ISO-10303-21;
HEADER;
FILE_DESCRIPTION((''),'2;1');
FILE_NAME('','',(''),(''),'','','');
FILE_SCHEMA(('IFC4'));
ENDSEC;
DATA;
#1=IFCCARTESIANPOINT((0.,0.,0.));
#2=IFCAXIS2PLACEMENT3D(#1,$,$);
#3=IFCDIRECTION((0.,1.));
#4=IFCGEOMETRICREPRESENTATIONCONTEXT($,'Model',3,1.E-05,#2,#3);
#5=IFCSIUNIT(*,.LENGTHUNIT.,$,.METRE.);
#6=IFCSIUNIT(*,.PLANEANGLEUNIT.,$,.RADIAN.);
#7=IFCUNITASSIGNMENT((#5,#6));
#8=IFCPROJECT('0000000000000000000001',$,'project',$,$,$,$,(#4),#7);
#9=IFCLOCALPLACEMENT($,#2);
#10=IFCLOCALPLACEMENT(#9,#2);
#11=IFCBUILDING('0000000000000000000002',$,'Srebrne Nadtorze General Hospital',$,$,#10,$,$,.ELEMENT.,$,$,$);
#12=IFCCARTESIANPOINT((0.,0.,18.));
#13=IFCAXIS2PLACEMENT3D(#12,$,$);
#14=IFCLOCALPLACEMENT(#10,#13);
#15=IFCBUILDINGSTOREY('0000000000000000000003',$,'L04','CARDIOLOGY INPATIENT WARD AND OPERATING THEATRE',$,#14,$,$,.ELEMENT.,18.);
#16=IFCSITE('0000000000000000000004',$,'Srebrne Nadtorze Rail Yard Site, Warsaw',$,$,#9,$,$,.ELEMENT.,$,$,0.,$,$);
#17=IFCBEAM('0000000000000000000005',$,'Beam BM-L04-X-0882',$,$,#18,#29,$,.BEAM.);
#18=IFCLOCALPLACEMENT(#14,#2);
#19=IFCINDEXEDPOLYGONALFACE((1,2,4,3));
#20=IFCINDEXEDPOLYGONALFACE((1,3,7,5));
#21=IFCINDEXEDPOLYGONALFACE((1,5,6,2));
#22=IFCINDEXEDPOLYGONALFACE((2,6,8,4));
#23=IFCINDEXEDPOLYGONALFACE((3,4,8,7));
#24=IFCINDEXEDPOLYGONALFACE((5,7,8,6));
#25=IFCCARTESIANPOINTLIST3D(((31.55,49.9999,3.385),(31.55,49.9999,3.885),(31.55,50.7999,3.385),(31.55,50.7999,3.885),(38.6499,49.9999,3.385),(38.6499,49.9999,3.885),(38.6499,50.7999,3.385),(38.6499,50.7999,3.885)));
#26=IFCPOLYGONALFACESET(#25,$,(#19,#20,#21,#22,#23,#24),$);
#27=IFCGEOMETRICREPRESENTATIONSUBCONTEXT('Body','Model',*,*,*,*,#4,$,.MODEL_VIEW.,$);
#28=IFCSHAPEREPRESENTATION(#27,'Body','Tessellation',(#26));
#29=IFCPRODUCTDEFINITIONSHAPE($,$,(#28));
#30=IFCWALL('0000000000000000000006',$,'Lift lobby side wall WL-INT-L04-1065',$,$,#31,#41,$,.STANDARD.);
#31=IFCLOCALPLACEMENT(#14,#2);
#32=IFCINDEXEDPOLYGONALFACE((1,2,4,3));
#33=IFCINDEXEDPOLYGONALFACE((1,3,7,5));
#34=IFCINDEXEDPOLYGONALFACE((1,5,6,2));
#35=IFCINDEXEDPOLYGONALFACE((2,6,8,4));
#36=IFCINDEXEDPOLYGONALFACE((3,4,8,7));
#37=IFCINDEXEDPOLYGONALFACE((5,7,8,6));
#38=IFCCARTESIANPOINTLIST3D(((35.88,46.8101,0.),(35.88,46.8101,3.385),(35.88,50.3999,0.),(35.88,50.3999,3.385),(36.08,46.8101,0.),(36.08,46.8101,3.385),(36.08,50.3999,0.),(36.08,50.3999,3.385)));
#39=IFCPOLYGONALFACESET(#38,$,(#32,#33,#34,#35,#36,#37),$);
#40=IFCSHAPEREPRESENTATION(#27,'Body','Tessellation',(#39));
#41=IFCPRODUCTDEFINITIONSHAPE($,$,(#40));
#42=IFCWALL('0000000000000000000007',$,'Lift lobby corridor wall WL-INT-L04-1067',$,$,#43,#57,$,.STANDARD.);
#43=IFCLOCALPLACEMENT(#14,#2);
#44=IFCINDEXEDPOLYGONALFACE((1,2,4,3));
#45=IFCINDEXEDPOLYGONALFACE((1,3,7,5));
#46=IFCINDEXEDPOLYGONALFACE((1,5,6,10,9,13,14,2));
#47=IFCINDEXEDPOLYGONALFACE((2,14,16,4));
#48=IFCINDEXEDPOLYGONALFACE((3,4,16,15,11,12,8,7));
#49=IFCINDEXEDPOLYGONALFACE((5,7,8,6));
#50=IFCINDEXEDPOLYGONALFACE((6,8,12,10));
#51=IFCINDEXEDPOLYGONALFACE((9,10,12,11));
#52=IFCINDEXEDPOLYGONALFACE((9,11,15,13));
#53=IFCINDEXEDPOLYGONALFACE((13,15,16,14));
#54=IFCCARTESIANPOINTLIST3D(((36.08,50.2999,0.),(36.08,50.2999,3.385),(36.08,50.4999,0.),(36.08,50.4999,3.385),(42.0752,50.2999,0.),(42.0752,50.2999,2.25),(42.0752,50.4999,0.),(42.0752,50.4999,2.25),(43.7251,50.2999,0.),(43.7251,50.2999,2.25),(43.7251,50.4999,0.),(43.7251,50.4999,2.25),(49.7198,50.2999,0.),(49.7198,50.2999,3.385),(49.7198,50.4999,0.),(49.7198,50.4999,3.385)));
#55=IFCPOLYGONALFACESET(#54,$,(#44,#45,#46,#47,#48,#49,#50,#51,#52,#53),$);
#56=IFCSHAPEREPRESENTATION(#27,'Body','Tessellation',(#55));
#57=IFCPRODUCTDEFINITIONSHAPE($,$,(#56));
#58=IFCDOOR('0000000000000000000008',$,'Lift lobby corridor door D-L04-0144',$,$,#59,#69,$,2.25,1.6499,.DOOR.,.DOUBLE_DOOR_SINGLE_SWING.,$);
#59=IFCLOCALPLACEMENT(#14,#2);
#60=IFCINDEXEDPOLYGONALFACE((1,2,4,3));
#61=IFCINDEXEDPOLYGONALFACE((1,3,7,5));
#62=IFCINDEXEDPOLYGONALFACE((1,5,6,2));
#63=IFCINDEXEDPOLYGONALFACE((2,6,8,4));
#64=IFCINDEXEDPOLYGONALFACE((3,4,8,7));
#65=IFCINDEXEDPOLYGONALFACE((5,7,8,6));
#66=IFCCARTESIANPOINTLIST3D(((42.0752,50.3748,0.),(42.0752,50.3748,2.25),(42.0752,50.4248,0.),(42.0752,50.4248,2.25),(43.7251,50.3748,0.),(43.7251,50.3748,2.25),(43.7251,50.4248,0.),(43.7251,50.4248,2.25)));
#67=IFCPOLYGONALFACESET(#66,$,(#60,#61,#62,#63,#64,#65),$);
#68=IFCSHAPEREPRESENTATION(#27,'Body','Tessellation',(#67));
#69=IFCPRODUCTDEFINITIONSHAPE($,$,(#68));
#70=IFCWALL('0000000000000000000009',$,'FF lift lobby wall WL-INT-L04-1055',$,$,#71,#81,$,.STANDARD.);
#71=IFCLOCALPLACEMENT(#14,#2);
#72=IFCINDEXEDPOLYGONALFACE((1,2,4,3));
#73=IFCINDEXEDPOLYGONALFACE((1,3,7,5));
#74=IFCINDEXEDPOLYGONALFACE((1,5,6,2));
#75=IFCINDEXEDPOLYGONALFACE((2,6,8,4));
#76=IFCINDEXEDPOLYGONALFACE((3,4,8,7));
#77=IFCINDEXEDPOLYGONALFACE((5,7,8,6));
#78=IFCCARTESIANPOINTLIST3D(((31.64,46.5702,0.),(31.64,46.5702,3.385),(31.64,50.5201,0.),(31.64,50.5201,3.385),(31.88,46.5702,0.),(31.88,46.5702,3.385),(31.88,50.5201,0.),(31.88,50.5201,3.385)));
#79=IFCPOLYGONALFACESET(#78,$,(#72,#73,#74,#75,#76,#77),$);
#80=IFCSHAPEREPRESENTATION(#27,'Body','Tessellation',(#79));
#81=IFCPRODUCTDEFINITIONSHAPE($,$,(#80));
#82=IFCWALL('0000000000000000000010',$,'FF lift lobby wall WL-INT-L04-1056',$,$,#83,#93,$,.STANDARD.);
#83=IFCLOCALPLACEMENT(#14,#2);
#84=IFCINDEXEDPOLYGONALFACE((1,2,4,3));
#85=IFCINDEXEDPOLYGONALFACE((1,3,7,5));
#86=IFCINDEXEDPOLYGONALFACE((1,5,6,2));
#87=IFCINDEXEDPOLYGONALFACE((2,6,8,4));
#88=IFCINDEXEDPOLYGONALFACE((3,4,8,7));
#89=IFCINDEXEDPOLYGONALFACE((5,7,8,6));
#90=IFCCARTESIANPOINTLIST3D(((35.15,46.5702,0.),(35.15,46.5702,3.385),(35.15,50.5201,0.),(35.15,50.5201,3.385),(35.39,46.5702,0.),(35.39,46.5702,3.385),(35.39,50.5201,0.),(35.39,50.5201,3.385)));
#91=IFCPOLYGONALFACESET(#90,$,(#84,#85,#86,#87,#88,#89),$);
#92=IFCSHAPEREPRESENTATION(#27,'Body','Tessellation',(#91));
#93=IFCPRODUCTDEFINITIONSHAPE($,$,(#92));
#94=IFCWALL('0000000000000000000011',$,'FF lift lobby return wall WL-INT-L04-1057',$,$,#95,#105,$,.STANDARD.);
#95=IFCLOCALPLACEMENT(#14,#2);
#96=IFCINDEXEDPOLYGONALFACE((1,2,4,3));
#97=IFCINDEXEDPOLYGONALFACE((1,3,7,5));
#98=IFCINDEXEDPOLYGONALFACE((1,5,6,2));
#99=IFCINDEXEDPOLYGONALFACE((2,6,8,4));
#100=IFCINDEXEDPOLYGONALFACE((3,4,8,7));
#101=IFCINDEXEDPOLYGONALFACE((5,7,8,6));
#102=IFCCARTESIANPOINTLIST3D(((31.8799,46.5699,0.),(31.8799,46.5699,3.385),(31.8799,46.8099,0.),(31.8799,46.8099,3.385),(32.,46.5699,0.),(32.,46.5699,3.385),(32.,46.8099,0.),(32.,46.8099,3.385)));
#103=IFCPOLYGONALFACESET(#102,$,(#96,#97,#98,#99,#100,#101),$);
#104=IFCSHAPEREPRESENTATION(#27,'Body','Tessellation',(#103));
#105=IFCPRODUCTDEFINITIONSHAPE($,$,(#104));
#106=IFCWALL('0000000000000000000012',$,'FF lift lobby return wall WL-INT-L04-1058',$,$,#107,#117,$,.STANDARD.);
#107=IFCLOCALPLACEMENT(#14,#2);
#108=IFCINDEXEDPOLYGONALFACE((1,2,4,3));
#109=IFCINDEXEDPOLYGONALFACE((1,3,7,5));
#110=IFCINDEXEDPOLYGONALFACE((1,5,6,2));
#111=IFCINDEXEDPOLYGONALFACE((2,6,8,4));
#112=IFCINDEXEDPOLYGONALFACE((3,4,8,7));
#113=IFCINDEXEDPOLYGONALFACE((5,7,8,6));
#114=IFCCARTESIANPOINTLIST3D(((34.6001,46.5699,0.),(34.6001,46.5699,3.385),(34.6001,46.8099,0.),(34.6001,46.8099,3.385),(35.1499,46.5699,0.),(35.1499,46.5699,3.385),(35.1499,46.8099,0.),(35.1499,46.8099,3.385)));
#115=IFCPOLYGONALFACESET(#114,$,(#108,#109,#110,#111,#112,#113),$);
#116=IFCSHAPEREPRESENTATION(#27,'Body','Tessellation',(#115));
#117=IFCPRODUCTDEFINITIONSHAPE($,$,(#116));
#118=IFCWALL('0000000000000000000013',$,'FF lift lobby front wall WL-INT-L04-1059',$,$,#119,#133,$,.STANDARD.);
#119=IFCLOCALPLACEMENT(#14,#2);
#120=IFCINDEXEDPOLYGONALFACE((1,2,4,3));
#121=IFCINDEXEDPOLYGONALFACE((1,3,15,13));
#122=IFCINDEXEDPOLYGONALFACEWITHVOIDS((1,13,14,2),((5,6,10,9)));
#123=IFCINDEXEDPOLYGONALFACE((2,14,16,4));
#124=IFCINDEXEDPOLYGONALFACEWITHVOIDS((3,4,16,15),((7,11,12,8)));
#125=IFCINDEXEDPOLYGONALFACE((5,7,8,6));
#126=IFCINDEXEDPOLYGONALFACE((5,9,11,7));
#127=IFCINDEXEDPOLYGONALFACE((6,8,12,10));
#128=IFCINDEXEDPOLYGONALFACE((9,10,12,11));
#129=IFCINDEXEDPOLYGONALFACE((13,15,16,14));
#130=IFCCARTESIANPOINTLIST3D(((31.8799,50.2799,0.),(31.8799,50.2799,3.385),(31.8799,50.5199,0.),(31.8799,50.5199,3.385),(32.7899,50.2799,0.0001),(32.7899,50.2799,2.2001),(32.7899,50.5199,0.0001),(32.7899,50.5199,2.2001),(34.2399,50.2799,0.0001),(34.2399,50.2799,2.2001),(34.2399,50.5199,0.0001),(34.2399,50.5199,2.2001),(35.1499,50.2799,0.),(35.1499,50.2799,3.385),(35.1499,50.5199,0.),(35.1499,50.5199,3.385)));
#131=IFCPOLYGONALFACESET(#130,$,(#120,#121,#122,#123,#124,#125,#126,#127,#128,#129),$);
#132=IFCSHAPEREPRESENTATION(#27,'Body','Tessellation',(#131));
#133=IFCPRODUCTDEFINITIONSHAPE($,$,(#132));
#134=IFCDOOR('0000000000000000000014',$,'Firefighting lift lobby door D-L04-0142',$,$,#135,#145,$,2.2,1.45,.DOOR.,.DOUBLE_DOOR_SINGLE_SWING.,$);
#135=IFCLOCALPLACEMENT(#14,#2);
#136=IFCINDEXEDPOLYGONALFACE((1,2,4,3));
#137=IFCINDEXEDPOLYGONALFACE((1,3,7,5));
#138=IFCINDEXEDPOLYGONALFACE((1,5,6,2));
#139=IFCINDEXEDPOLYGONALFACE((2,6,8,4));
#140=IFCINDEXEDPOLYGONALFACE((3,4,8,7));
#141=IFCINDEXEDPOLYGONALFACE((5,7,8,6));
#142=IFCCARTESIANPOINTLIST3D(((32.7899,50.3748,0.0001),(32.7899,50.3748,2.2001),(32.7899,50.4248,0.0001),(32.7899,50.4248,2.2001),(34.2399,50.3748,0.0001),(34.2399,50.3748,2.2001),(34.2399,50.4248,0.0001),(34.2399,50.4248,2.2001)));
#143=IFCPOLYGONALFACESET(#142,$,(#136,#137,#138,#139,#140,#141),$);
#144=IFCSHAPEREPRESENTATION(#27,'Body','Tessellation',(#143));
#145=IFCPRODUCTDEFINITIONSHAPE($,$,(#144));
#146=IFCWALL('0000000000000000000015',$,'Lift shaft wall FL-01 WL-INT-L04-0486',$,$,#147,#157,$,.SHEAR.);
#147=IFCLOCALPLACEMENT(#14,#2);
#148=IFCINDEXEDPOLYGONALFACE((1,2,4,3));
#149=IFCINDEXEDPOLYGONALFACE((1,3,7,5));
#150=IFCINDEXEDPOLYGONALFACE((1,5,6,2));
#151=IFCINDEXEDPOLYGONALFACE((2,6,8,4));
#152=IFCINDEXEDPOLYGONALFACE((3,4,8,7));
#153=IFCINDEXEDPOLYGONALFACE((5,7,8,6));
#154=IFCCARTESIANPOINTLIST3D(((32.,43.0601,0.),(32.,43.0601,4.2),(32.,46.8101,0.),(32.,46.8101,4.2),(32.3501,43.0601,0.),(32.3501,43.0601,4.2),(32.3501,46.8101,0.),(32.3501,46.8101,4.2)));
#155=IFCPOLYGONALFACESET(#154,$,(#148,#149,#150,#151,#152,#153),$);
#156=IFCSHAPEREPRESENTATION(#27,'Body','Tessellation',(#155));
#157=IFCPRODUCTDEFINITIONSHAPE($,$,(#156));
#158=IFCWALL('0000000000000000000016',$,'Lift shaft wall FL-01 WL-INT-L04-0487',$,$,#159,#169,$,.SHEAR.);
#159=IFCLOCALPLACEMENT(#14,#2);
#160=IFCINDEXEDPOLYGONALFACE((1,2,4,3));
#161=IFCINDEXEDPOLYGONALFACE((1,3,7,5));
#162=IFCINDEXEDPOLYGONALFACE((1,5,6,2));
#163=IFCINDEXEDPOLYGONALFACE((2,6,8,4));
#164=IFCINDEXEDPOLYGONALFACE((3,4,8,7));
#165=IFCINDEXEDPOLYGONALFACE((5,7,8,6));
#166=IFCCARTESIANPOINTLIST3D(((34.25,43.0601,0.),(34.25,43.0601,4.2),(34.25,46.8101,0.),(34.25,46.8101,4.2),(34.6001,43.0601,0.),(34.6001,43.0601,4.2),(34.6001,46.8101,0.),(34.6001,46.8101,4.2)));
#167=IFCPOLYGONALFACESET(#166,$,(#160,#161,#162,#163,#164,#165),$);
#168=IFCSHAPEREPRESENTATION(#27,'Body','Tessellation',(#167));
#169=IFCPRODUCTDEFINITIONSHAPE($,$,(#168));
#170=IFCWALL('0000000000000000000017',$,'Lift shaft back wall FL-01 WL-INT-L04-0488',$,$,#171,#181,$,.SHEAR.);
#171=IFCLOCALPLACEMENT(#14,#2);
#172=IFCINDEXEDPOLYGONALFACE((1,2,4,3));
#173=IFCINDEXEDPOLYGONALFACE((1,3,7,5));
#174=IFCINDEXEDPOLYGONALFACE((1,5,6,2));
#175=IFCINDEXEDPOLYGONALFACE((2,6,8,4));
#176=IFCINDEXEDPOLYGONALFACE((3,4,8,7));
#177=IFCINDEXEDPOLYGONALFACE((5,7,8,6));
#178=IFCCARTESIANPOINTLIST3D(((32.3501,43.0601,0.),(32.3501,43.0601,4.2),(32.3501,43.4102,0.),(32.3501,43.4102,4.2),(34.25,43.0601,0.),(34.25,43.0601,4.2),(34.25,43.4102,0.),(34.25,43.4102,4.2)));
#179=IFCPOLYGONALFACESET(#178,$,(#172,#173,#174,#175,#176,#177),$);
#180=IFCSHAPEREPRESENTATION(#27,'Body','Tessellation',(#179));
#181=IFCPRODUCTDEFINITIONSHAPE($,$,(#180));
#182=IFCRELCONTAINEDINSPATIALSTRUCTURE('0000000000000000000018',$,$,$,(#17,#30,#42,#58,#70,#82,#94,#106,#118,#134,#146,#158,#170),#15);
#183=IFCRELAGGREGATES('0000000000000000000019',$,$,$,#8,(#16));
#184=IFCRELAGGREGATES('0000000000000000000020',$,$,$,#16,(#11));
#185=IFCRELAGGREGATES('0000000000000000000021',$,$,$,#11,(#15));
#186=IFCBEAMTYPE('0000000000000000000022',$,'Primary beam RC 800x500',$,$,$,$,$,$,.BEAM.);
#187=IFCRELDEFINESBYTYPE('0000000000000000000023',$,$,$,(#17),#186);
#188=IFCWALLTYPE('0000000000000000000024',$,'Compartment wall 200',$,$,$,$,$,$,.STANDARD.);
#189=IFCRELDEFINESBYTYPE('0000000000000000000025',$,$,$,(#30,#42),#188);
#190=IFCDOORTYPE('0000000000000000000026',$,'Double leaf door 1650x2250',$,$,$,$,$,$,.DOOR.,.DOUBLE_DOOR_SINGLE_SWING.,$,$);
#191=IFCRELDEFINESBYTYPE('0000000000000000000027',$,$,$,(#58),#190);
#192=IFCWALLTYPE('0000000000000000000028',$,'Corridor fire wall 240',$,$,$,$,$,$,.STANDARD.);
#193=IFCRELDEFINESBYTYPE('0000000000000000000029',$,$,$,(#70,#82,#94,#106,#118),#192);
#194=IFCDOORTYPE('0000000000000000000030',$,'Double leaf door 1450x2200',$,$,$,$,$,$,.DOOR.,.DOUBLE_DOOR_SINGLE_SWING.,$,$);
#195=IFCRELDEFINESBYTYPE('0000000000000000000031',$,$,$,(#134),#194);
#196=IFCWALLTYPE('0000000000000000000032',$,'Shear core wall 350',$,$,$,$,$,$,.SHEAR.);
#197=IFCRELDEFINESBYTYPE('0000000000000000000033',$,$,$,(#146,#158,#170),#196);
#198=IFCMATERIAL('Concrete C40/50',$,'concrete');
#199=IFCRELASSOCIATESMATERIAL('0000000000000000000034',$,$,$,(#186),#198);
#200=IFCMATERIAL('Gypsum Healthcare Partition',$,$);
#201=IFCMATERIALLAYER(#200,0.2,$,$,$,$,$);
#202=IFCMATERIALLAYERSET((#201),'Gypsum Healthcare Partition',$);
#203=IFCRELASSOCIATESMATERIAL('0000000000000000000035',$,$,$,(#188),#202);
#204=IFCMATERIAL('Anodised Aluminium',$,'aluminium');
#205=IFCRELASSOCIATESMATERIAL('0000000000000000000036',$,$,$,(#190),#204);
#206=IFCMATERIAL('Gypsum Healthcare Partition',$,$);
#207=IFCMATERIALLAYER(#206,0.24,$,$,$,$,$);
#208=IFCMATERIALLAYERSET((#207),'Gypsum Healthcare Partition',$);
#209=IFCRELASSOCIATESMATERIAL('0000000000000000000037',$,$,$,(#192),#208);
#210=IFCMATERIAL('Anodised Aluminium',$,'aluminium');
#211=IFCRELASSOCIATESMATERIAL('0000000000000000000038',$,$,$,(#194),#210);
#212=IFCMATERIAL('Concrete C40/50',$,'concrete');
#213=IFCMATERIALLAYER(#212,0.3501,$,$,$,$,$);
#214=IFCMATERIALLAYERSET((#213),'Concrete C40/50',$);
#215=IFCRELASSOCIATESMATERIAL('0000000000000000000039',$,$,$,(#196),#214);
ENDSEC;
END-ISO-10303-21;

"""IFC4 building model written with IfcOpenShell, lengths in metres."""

from ifc_helpers import new_model, si_unit, direction, frame, frame_2d, origin, origin_2d, place, context, subcontext, project, spatial, rectangle, extrude, material, layer, layer_set, material_profile, profile_set, type_object, element, fill, save


model = new_model("IFC4")

# Units and contexts
model_context = context("Model", 3, precision=1e-05, world=origin(), true_north=direction((0.0, 1.0)))
body_context = subcontext(model_context, "Body", "Model", "MODEL_VIEW")
ifc_project = project(units=[si_unit("LENGTHUNIT", "METRE"), si_unit("PLANEANGLEUNIT", "RADIAN")], contexts=[model_context])

# Site, building, storey
site_placement = place(None, origin())
site = spatial("IfcSite", under=ifc_project, at=site_placement, Name="Srebrne Nadtorze Rail Yard Site, Warsaw", CompositionType="ELEMENT", RefElevation=0.0)
building_placement = place(site_placement, origin())
building = spatial("IfcBuilding", under=site, at=building_placement, Name="Srebrne Nadtorze General Hospital", CompositionType="ELEMENT")
storey_placement = place(building_placement, frame((0.0, 0.0, 18.0)))
storey = spatial("IfcBuildingStorey", under=building, at=storey_placement, Name="L04", Description="CARDIOLOGY INPATIENT WARD AND OPERATING THEATRE", CompositionType="ELEMENT", Elevation=18.0)

# Beam
ifc_material_1 = material(Name="Concrete C40/50", Category="concrete")
ifc_material_profile = material_profile(ifc_material_1, rectangle(XDim=0.8, YDim=0.5, at=origin_2d()), Name="RC-BM-800x500")
ifc_profile_set = profile_set([ifc_material_profile], Name="Concrete C40/50")
beam_type = type_object("IfcBeamType", Name="Primary beam RC 800x500", PredefinedType="BEAM", material=ifc_profile_set)
beam_placement = place(storey_placement, frame((31.55, 50.3999, 3.635), z_axis=(1.0, 0.0, 0.0), x_axis=(0.0, 1.0, 0.0)))
element("IfcBeam", 1, at=beam_placement, inside=storey, type_object=beam_type, Name="Beam BM-L04-X-0882", PredefinedType="BEAM", context=body_context, shape_type="SweptSolid", body=[
    extrude(rectangle(XDim=0.8, YDim=0.5, at=origin_2d()), origin(), (0.0, 0.0, 1.0), 7.0999),
])

# Wall
ifc_material_2 = material(Name="Gypsum Healthcare Partition")
ifc_layer_1 = layer(ifc_material_2, 0.2)
ifc_layer_set_1 = layer_set([ifc_layer_1], Name="Gypsum Healthcare Partition")
wall_type_1 = type_object("IfcWallType", Name="Compartment wall 200", PredefinedType="STANDARD", material=ifc_layer_set_1)
wall_1_placement = place(storey_placement, frame((35.98, 46.8101, 0.0), z_axis=(0.0, 0.0, 1.0), x_axis=(0.0, 1.0, 0.0)))
element("IfcWall", 2, at=wall_1_placement, inside=storey, type_object=wall_type_1, Name="Lift lobby side wall WL-INT-L04-1065", PredefinedType="STANDARD", context=body_context, shape_type="SweptSolid", body=[
    extrude(rectangle(XDim=3.5898, YDim=0.2, at=frame_2d((1.7949, 0.0))), origin(), (0.0, 0.0, 1.0), 3.385),
])

# Wall, opening, door
wall_2_placement = place(storey_placement, frame((36.0801, 50.3999, 0.0), z_axis=(0.0, 0.0, 1.0), x_axis=(1.0, 0.0, 0.0)))
wall_2 = element("IfcWall", 3, at=wall_2_placement, inside=storey, type_object=wall_type_1, Name="Lift lobby corridor wall WL-INT-L04-1067", PredefinedType="STANDARD", context=body_context, shape_type="SweptSolid", body=[
    extrude(rectangle(XDim=13.6399, YDim=0.2, at=frame_2d((6.8198, 0.0))), origin(), (0.0, 0.0, 1.0), 3.385),
])
opening_1_placement = place(wall_2_placement, frame((5.9951, 0.0, 0.0)))
opening_1 = element("IfcOpeningElement", 4, at=opening_1_placement, cuts=wall_2, PredefinedType="OPENING", context=body_context, shape_type="SweptSolid", body=[
    extrude(rectangle(XDim=1.6499, YDim=2.25, at=frame_2d((0.825, 1.125))), frame((0.0, 0.1118, 0.0), z_axis=(0.0, -1.0, 0.0), x_axis=(1.0, 0.0, 0.0)), (0.0, 0.0, 1.0), 0.2239),
])
ifc_material_3 = material(Name="Anodised Aluminium", Category="aluminium")
door_type_1 = type_object("IfcDoorType", Name="Double leaf door 1650x2250", OperationType="DOUBLE_DOOR_SINGLE_SWING", PredefinedType="DOOR", material=ifc_material_3)
door_1_placement = place(opening_1_placement, origin())
door_1 = element("IfcDoor", 5, at=door_1_placement, inside=storey, type_object=door_type_1, Name="Lift lobby corridor door D-L04-0144", OperationType="DOUBLE_DOOR_SINGLE_SWING", OverallHeight=2.25, OverallWidth=1.6499, PredefinedType="DOOR", context=body_context, shape_type="SweptSolid", body=[
    extrude(rectangle(XDim=1.6499, YDim=2.25, at=frame_2d((0.825, 1.125))), frame((0.0, 0.0249, 0.0), z_axis=(0.0, -1.0, 0.0), x_axis=(1.0, 0.0, 0.0)), (0.0, 0.0, 1.0), 0.05),
])
fill(opening_1, door_1)

# Walls
ifc_material_4 = material(Name="Gypsum Healthcare Partition")
ifc_layer_2 = layer(ifc_material_4, 0.24)
ifc_layer_set_2 = layer_set([ifc_layer_2], Name="Gypsum Healthcare Partition")
wall_type_2 = type_object("IfcWallType", Name="Corridor fire wall 240", PredefinedType="STANDARD", material=ifc_layer_set_2)
for number, where, z_axis, x_axis, name in (
    (6, (31.76, 46.5701, 0.0), (0.0, 0.0, 1.0), (0.0, 1.0, 0.0), "FF lift lobby wall WL-INT-L04-1055"),
    (7, (35.27, 46.5701, 0.0), (0.0, 0.0, 1.0), (0.0, 1.0, 0.0), "FF lift lobby wall WL-INT-L04-1056"),
):
    element("IfcWall", number, at=place(storey_placement, frame(where, z_axis=z_axis, x_axis=x_axis)), inside=storey, type_object=wall_type_2, Name=name, PredefinedType="STANDARD", context=body_context, shape_type="SweptSolid", body=[
        extrude(rectangle(XDim=3.95, YDim=0.24, at=frame_2d((1.9751, 0.0))), origin(), (0.0, 0.0, 1.0), 3.385),
    ])
wall_3_placement = place(storey_placement, frame((31.8799, 46.6899, 0.0), z_axis=(0.0, 0.0, 1.0), x_axis=(1.0, 0.0, 0.0)))
element("IfcWall", 8, at=wall_3_placement, inside=storey, type_object=wall_type_2, Name="FF lift lobby return wall WL-INT-L04-1057", PredefinedType="STANDARD", context=body_context, shape_type="SweptSolid", body=[
    extrude(rectangle(XDim=0.1201, YDim=0.24, at=frame_2d((0.0601, 0.0))), origin(), (0.0, 0.0, 1.0), 3.385),
])
wall_4_placement = place(storey_placement, frame((34.6001, 46.6899, 0.0), z_axis=(0.0, 0.0, 1.0), x_axis=(1.0, 0.0, 0.0)))
element("IfcWall", 9, at=wall_4_placement, inside=storey, type_object=wall_type_2, Name="FF lift lobby return wall WL-INT-L04-1058", PredefinedType="STANDARD", context=body_context, shape_type="SweptSolid", body=[
    extrude(rectangle(XDim=0.5498, YDim=0.24, at=frame_2d((0.2749, 0.0))), origin(), (0.0, 0.0, 1.0), 3.385),
])

# Wall, opening, door
wall_5_placement = place(storey_placement, frame((31.8799, 50.3999, 0.0), z_axis=(0.0, 0.0, 1.0), x_axis=(1.0, 0.0, 0.0)))
wall_5 = element("IfcWall", 10, at=wall_5_placement, inside=storey, type_object=wall_type_2, Name="FF lift lobby front wall WL-INT-L04-1059", PredefinedType="STANDARD", context=body_context, shape_type="SweptSolid", body=[
    extrude(rectangle(XDim=3.27, YDim=0.24, at=frame_2d((1.635, 0.0))), origin(), (0.0, 0.0, 1.0), 3.385),
])
opening_2_placement = place(wall_5_placement, frame((0.9099, 0.0, 0.0)))
opening_2 = element("IfcOpeningElement", 11, at=opening_2_placement, cuts=wall_5, PredefinedType="OPENING", context=body_context, shape_type="SweptSolid", body=[
    extrude(rectangle(XDim=1.45, YDim=2.2, at=frame_2d((0.7251, 1.1001))), frame((0.0, 0.1318, 0.0), z_axis=(0.0, -1.0, 0.0), x_axis=(1.0, 0.0, 0.0)), (0.0, 0.0, 1.0), 0.2639),
])
ifc_material_5 = material(Name="Anodised Aluminium", Category="aluminium")
door_type_2 = type_object("IfcDoorType", Name="Double leaf door 1450x2200", OperationType="DOUBLE_DOOR_SINGLE_SWING", PredefinedType="DOOR", material=ifc_material_5)
door_2_placement = place(opening_2_placement, origin())
door_2 = element("IfcDoor", 12, at=door_2_placement, inside=storey, type_object=door_type_2, Name="Firefighting lift lobby door D-L04-0142", OperationType="DOUBLE_DOOR_SINGLE_SWING", OverallHeight=2.2, OverallWidth=1.45, PredefinedType="DOOR", context=body_context, shape_type="SweptSolid", body=[
    extrude(rectangle(XDim=1.45, YDim=2.2, at=frame_2d((0.7251, 1.1001))), frame((0.0, 0.0249, 0.0), z_axis=(0.0, -1.0, 0.0), x_axis=(1.0, 0.0, 0.0)), (0.0, 0.0, 1.0), 0.05),
])
fill(opening_2, door_2)

# Walls
ifc_material_6 = material(Name="Concrete C40/50", Category="concrete")
ifc_layer_3 = layer(ifc_material_6, 0.3501)
ifc_layer_set_3 = layer_set([ifc_layer_3], Name="Concrete C40/50")
wall_type_3 = type_object("IfcWallType", Name="Shear core wall 350", PredefinedType="SHEAR", material=ifc_layer_set_3)
for number, where, z_axis, x_axis, name in (
    (13, (32.175, 43.0601, 0.0), (0.0, 0.0, 1.0), (0.0, 1.0, 0.0), "Lift shaft wall FL-01 WL-INT-L04-0486"),
    (14, (34.425, 43.0601, 0.0), (0.0, 0.0, 1.0), (0.0, 1.0, 0.0), "Lift shaft wall FL-01 WL-INT-L04-0487"),
):
    element("IfcWall", number, at=place(storey_placement, frame(where, z_axis=z_axis, x_axis=x_axis)), inside=storey, type_object=wall_type_3, Name=name, PredefinedType="SHEAR", context=body_context, shape_type="SweptSolid", body=[
        extrude(rectangle(XDim=3.75, YDim=0.3501, at=frame_2d((1.875, 0.0))), origin(), (0.0, 0.0, 1.0), 4.2),
    ])
wall_6_placement = place(storey_placement, frame((32.3501, 43.2351, 0.0), z_axis=(0.0, 0.0, 1.0), x_axis=(1.0, 0.0, 0.0)))
element("IfcWall", 15, at=wall_6_placement, inside=storey, type_object=wall_type_3, Name="Lift shaft back wall FL-01 WL-INT-L04-0488", PredefinedType="SHEAR", context=body_context, shape_type="SweptSolid", body=[
    extrude(rectangle(XDim=1.8999, YDim=0.3501, at=frame_2d((0.95, 0.0))), origin(), (0.0, 0.0, 1.0), 4.2),
])

save(model, "model.ifc")
